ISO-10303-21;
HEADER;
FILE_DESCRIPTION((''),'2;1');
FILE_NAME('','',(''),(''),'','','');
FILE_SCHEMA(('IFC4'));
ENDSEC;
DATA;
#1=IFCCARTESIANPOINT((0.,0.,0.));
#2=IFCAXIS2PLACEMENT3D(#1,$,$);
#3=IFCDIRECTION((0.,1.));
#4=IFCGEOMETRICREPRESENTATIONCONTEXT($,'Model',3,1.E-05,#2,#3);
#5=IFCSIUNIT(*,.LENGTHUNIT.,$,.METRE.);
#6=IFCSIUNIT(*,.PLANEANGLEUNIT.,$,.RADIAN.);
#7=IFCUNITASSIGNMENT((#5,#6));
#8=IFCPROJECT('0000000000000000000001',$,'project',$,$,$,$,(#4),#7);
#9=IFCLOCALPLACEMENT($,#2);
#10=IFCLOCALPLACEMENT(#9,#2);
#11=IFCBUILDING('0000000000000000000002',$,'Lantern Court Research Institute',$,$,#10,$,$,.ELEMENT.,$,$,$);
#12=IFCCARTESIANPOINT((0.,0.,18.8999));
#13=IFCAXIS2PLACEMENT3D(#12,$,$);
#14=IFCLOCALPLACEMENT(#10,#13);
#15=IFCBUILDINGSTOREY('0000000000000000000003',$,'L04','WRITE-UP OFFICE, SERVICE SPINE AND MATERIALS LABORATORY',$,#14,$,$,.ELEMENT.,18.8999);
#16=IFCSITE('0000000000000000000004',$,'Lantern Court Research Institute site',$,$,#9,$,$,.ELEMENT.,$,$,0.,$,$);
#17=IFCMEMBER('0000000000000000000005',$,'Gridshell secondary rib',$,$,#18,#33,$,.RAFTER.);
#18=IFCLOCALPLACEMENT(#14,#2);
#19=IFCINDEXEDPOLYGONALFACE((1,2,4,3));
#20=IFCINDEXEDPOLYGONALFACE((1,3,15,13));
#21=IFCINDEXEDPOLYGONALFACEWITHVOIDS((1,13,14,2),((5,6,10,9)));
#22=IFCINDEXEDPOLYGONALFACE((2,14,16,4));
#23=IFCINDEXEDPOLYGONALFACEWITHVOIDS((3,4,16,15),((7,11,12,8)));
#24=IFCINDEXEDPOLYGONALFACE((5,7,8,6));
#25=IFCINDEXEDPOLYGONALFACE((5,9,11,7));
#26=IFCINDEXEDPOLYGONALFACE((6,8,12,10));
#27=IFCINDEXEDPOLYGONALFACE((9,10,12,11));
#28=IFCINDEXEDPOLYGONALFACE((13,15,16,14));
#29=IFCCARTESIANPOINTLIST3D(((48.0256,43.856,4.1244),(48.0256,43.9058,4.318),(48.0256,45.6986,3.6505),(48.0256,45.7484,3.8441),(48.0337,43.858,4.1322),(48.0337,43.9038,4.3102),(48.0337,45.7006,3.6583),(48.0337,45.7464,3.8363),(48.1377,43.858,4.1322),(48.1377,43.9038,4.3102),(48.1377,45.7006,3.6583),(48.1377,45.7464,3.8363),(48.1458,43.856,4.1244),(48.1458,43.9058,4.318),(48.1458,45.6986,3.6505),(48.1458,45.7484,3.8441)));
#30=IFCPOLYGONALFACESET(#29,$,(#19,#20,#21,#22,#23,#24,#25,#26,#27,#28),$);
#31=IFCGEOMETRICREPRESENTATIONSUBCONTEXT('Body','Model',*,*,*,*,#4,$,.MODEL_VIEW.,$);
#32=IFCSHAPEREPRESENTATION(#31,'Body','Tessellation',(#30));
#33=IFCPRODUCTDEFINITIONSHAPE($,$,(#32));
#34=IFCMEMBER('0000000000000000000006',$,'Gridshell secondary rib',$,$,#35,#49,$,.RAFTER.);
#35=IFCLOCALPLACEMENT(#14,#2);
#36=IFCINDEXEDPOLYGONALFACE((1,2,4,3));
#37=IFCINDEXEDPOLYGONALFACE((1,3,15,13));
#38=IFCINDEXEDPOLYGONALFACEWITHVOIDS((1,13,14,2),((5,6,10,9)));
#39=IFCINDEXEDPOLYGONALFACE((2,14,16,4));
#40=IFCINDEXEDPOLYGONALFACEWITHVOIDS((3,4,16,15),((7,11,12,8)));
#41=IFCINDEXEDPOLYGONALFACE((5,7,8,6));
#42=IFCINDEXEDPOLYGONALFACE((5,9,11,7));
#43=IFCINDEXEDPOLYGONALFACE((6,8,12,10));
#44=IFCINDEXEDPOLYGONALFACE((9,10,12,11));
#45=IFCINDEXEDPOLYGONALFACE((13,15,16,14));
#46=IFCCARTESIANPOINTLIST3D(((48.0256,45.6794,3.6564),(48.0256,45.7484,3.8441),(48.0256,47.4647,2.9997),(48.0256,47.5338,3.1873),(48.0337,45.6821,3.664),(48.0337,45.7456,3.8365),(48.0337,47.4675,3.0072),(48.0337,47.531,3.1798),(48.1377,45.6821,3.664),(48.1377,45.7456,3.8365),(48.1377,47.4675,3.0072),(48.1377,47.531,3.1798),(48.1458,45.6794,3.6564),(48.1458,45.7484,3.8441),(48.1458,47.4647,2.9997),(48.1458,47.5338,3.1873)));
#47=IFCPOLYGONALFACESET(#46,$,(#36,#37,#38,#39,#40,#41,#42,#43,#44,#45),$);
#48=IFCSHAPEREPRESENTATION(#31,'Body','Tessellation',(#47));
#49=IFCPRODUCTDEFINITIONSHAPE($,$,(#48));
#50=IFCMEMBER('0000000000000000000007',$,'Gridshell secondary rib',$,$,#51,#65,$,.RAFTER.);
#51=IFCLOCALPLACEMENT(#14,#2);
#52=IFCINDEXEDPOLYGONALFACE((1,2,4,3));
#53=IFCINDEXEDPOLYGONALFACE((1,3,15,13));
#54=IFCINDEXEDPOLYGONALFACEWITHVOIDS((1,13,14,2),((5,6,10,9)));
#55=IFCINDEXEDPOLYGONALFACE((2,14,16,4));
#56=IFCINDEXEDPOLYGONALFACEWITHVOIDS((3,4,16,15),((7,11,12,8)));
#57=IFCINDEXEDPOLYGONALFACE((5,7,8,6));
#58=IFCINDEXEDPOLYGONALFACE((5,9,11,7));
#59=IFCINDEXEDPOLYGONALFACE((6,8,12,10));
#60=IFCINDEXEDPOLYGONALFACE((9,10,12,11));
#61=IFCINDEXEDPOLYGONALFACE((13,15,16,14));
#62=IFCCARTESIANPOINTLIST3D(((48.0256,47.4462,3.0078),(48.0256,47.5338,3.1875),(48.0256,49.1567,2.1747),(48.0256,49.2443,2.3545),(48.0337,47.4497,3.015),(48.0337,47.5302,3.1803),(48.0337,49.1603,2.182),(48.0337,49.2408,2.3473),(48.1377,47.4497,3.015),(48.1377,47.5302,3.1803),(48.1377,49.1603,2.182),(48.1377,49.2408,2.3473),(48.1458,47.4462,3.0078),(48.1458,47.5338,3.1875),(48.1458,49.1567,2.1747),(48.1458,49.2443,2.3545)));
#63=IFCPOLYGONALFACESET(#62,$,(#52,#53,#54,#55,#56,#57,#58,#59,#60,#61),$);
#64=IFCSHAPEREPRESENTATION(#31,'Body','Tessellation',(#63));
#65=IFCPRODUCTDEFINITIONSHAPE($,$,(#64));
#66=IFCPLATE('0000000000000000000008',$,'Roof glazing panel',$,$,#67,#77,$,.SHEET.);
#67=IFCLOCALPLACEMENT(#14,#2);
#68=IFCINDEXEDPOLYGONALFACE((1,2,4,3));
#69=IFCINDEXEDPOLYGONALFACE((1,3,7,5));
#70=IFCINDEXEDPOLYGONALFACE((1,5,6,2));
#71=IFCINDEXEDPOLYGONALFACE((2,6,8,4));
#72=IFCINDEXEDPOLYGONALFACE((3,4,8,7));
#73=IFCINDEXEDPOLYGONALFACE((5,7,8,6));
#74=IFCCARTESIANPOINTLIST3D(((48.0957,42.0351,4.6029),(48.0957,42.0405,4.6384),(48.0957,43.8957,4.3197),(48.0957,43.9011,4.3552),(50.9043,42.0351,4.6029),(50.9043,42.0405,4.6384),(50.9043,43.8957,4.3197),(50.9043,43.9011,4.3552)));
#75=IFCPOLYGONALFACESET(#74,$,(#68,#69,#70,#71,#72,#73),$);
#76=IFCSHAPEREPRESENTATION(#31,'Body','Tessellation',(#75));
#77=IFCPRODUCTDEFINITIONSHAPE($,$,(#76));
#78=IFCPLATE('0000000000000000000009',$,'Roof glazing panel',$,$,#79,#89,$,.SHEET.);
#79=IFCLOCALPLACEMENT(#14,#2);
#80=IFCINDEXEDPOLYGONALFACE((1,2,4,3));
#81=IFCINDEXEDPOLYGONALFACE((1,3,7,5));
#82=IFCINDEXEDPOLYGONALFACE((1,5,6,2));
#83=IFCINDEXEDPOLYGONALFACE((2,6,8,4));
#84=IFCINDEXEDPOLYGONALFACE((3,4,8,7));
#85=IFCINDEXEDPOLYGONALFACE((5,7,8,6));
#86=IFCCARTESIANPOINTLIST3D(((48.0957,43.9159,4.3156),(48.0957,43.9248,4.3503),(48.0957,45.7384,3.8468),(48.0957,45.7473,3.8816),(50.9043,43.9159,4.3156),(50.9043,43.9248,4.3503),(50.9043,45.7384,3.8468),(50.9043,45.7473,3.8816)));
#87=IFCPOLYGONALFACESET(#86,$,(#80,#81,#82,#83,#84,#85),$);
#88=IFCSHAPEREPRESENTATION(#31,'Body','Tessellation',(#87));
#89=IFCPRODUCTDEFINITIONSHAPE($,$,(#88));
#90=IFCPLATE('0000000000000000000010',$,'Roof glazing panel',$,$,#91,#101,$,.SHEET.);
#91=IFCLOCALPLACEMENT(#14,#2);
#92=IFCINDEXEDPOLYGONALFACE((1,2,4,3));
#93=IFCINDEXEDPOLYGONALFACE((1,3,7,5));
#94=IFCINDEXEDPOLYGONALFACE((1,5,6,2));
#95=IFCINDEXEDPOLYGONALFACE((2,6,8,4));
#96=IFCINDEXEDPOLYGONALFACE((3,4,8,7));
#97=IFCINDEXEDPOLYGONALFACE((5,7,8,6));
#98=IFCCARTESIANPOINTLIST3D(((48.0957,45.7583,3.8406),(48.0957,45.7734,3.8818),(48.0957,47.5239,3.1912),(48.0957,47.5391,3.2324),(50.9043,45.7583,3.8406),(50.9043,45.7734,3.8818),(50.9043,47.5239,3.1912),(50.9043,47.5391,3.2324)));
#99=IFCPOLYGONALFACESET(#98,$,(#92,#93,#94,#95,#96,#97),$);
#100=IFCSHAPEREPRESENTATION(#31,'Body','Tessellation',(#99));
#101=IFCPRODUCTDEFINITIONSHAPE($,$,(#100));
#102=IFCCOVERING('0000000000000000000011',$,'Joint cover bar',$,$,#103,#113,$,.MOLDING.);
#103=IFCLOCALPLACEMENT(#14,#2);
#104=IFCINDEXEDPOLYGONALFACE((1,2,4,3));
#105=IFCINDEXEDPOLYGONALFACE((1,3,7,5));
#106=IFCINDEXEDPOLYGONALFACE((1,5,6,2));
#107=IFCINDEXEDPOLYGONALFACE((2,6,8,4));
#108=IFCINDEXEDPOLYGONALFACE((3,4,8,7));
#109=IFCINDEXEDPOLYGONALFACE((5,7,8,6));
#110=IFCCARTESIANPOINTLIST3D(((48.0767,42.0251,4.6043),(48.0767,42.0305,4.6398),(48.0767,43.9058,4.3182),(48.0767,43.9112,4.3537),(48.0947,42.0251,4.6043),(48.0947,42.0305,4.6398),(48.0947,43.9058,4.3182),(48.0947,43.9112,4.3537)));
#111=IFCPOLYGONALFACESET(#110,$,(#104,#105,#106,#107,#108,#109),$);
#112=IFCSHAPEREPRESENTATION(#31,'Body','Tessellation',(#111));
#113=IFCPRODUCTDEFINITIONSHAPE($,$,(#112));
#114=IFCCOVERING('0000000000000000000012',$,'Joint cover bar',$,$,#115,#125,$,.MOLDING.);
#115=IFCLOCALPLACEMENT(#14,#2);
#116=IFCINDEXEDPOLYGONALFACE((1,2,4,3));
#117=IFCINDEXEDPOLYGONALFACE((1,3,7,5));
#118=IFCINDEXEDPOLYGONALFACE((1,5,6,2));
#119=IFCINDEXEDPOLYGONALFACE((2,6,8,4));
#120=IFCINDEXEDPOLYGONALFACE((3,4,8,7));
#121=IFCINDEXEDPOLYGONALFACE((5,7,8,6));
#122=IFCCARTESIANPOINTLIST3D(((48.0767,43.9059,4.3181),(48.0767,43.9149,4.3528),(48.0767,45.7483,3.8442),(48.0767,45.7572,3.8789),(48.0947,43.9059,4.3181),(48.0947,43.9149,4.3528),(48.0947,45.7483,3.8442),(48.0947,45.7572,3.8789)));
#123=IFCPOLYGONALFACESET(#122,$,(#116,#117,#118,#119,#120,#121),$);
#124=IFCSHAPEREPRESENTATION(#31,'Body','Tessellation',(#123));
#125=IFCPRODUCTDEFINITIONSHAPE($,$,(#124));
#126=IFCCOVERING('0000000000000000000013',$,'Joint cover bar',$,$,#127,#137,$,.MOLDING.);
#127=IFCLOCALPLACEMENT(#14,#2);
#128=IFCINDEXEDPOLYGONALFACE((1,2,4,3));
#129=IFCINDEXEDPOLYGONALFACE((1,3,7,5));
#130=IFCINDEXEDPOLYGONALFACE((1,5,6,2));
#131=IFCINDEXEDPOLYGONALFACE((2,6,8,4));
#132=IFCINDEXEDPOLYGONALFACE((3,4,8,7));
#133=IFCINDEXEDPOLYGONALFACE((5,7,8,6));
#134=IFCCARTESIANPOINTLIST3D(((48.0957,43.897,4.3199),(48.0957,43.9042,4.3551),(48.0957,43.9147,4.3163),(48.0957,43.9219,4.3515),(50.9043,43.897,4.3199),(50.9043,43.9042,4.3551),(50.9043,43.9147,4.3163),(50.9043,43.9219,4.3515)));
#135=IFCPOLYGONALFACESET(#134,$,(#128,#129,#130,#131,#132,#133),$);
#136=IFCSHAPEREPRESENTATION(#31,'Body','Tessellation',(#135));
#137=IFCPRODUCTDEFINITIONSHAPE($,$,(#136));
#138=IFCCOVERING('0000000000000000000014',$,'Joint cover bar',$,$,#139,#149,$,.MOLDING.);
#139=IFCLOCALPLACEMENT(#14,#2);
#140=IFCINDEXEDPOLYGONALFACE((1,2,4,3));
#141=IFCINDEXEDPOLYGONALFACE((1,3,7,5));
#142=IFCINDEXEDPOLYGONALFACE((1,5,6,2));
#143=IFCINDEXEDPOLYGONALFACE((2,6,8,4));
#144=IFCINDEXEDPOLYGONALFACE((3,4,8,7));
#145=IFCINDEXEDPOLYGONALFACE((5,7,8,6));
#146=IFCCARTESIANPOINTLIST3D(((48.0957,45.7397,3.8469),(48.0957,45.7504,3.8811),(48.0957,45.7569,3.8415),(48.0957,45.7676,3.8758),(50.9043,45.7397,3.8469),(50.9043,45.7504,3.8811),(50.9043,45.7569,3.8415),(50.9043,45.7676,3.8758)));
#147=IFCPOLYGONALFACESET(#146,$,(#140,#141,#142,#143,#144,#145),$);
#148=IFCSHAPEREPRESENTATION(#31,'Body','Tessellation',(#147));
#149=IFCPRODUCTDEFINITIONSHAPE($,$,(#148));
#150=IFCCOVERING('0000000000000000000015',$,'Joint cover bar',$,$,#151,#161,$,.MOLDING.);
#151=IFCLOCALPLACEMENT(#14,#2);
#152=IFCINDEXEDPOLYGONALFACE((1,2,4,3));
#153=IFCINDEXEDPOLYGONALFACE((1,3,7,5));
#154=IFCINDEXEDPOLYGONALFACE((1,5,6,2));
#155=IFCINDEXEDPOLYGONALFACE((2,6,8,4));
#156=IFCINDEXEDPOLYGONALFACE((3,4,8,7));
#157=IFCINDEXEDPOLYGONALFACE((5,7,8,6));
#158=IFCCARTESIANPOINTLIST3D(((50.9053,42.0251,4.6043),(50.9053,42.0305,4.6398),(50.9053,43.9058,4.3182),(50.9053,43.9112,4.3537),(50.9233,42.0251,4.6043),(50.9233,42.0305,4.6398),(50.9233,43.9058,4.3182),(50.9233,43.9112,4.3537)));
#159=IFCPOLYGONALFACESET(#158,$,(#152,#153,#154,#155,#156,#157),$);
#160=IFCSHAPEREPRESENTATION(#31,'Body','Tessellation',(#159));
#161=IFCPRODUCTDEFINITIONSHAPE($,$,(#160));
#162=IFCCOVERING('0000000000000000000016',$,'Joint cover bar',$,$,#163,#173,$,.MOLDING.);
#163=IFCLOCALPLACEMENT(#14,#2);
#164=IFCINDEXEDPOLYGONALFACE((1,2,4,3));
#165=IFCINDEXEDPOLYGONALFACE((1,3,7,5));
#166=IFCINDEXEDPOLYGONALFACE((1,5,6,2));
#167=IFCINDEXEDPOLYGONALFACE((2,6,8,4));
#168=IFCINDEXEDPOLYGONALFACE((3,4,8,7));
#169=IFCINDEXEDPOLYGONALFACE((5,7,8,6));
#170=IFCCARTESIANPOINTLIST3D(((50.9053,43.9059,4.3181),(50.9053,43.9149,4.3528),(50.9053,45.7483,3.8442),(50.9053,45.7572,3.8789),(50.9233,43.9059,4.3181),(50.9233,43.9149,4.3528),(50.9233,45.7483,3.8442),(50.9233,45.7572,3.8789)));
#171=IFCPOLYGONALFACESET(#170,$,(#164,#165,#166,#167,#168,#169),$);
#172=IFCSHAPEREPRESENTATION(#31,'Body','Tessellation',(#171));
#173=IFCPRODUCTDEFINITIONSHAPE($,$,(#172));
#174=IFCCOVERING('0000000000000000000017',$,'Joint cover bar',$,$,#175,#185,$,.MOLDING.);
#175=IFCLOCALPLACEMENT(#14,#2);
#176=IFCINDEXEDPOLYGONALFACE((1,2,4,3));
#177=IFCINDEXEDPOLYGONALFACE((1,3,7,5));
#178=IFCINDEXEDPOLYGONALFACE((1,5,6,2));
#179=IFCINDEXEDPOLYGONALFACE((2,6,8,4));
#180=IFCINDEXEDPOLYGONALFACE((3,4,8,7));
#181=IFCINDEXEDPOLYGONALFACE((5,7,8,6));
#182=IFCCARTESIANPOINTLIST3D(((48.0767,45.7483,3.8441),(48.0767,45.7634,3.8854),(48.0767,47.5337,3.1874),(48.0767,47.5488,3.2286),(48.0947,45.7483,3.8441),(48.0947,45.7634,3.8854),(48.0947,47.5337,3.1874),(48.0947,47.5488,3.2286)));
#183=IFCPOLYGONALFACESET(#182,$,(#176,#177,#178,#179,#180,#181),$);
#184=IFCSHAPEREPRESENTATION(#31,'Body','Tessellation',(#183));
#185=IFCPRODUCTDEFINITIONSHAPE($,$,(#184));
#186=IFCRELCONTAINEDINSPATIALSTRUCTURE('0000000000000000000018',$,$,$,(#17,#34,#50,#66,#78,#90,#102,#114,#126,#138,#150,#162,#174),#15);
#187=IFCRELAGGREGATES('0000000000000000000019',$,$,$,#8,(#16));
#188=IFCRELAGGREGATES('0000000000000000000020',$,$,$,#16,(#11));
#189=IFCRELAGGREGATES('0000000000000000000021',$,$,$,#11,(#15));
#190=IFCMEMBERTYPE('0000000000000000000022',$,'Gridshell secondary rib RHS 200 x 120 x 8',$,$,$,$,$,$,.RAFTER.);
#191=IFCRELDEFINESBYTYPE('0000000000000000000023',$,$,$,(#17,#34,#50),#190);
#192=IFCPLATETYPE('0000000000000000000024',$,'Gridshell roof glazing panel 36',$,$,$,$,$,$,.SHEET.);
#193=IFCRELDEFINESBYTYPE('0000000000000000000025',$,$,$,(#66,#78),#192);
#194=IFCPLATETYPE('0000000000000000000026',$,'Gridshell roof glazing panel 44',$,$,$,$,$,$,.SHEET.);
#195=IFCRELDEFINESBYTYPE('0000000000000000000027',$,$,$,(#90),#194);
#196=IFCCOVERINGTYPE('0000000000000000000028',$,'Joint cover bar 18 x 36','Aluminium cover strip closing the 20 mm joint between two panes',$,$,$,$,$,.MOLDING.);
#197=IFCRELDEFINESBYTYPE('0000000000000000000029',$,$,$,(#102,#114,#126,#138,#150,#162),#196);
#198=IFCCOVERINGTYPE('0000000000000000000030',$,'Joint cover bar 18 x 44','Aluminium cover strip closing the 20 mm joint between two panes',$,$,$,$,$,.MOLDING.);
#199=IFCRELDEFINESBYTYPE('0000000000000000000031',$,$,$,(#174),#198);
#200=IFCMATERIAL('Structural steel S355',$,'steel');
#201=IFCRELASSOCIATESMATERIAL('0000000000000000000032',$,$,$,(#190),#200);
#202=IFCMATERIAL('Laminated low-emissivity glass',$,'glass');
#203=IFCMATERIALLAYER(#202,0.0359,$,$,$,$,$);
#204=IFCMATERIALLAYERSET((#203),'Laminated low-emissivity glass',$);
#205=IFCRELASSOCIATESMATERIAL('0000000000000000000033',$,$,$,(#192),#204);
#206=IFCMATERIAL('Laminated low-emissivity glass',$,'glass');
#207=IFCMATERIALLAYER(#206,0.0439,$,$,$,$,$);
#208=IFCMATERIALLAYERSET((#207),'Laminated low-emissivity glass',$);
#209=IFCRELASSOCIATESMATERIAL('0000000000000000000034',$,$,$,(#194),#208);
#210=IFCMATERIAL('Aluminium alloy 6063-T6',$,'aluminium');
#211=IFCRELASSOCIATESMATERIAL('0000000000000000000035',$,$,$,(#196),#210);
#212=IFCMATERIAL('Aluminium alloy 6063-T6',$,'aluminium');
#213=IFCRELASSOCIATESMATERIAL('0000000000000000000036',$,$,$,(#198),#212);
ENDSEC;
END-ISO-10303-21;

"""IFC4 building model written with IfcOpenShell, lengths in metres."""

from ifc_helpers import new_model, si_unit, direction, frame, origin, origin_2d, place, context, subcontext, project, spatial, polyline, rectangle, hollow_rectangle, outline, extrude, material, layer, layer_set, material_profile, profile_set, type_object, element, save


model = new_model("IFC4")

# Units and contexts
model_context = context("Model", 3, precision=1e-05, world=origin(), true_north=direction((0.0, 1.0)))
body_context = subcontext(model_context, "Body", "Model", "MODEL_VIEW")
ifc_project = project(units=[si_unit("LENGTHUNIT", "METRE"), si_unit("PLANEANGLEUNIT", "RADIAN")], contexts=[model_context])

# Site, building, storey
site_placement = place(None, origin())
site = spatial("IfcSite", under=ifc_project, at=site_placement, Name="Lantern Court Research Institute site", CompositionType="ELEMENT", RefElevation=0.0)
building_placement = place(site_placement, origin())
building = spatial("IfcBuilding", under=site, at=building_placement, Name="Lantern Court Research Institute", CompositionType="ELEMENT")
storey_placement = place(building_placement, frame((0.0, 0.0, 18.8999)))
storey = spatial("IfcBuildingStorey", under=building, at=storey_placement, Name="L04", Description="WRITE-UP OFFICE, SERVICE SPINE AND MATERIALS LABORATORY", CompositionType="ELEMENT", Elevation=18.8999)

# Members
ifc_material_1 = material(Name="Structural steel S355", Category="steel")
ifc_material_profile_1 = material_profile(ifc_material_1, hollow_rectangle(XDim=0.1201, YDim=0.2, WallThickness=0.0081, at=origin_2d()), Name="Gridshell secondary rib RHS 200 x 120 x 8")
ifc_profile_set_1 = profile_set([ifc_material_profile_1], Name="Structural steel S355")
member_type_1 = type_object("IfcMemberType", Name="Gridshell secondary rib RHS 200 x 120 x 8", PredefinedType="RAFTER", material=ifc_profile_set_1)
member_1_placement = place(storey_placement, frame((48.0857, 43.8809, 4.2212), z_axis=(0.0, 0.968482, -0.249082), x_axis=(-1.0, 0.0, 0.0)))
element("IfcMember", 1, at=member_1_placement, inside=storey, type_object=member_type_1, Name="Gridshell secondary rib", PredefinedType="RAFTER", context=body_context, shape_type="SweptSolid", body=[
    extrude(hollow_rectangle(XDim=0.1201, YDim=0.2, WallThickness=0.0081, at=origin_2d()), origin(), (0.0, 0.0, 1.0), 1.9026),
])
member_2_placement = place(storey_placement, frame((48.0857, 45.7139, 3.7502), z_axis=(0.0, 0.93852, -0.345224), x_axis=(-1.0, 0.0, 0.0)))
element("IfcMember", 2, at=member_2_placement, inside=storey, type_object=member_type_1, Name="Gridshell secondary rib", PredefinedType="RAFTER", context=body_context, shape_type="SweptSolid", body=[
    extrude(hollow_rectangle(XDim=0.1201, YDim=0.2, WallThickness=0.0081, at=origin_2d()), origin(), (0.0, 0.0, 1.0), 1.9023),
])
member_3_placement = place(storey_placement, frame((48.0857, 47.49, 3.0977), z_axis=(0.0, 0.899049, -0.437847), x_axis=(-1.0, 0.0, 0.0)))
element("IfcMember", 3, at=member_3_placement, inside=storey, type_object=member_type_1, Name="Gridshell secondary rib", PredefinedType="RAFTER", context=body_context, shape_type="SweptSolid", body=[
    extrude(hollow_rectangle(XDim=0.1201, YDim=0.2, WallThickness=0.0081, at=origin_2d()), origin(), (0.0, 0.0, 1.0), 1.9026),
])

# Plates
ifc_material_2 = material(Name="Laminated low-emissivity glass", Category="glass")
ifc_layer_1 = layer(ifc_material_2, 0.0359)
ifc_layer_set_1 = layer_set([ifc_layer_1], Name="Laminated low-emissivity glass")
plate_type_1 = type_object("IfcPlateType", Name="Gridshell roof glazing panel 36", PredefinedType="SHEET", material=ifc_layer_set_1)
plate_1_placement = place(storey_placement, frame((50.9043, 42.0405, 4.6384), z_axis=(0.0, 0.150478, 0.988613), x_axis=(-1.0, 0.0, 0.0)))
element("IfcPlate", 4, at=plate_1_placement, inside=storey, type_object=plate_type_1, Name="Roof glazing panel", PredefinedType="SHEET", context=body_context, shape_type="SweptSolid", body=[
    extrude(outline(polyline([(0.0, 0.0), (2.8086, 0.0), (2.8086, -1.882), (0.0, -1.882), (0.0, 0.0)])), origin(), (0.0, 0.0, -1.0), 0.0359),
])
plate_2_placement = place(storey_placement, frame((50.9043, 43.9248, 4.3503), z_axis=(0.0, 0.249093, 0.96848), x_axis=(-1.0, 0.0, 0.0)))
element("IfcPlate", 5, at=plate_2_placement, inside=storey, type_object=plate_type_1, Name="Roof glazing panel", PredefinedType="SHEET", context=body_context, shape_type="SweptSolid", body=[
    extrude(outline(polyline([(0.0, 0.0), (2.8086, 0.0), (2.8086, -1.8818), (0.0, -1.8818), (0.0, 0.0)])), origin(), (0.0, 0.0, -1.0), 0.0359),
])
ifc_material_3 = material(Name="Laminated low-emissivity glass", Category="glass")
ifc_layer_2 = layer(ifc_material_3, 0.0439)
ifc_layer_set_2 = layer_set([ifc_layer_2], Name="Laminated low-emissivity glass")
plate_type_2 = type_object("IfcPlateType", Name="Gridshell roof glazing panel 44", PredefinedType="SHEET", material=ifc_layer_set_2)
plate_3_placement = place(storey_placement, frame((50.9043, 45.7734, 3.8818), z_axis=(0.0, 0.3452, 0.938529), x_axis=(-1.0, 0.0, 0.0)))
element("IfcPlate", 6, at=plate_3_placement, inside=storey, type_object=plate_type_2, Name="Roof glazing panel", PredefinedType="SHEET", context=body_context, shape_type="SweptSolid", body=[
    extrude(outline(polyline([(0.0, 0.0), (2.8086, 0.0), (2.8086, -1.8813), (0.0, -1.8813), (0.0, 0.0)])), origin(), (0.0, 0.0, -1.0), 0.0439),
])

# Coverings
ifc_material_4 = material(Name="Aluminium alloy 6063-T6", Category="aluminium")
ifc_material_profile_2 = material_profile(ifc_material_4, rectangle(XDim=0.0181, YDim=0.0359, at=origin_2d()), Name="Joint cover bar 18 x 36")
ifc_profile_set_2 = profile_set([ifc_material_profile_2], Name="Aluminium alloy 6063-T6")
covering_type_1 = type_object("IfcCoveringType", Name="Joint cover bar 18 x 36", Description="Aluminium cover strip closing the 20 mm joint between two panes", PredefinedType="MOLDING", material=ifc_profile_set_2)
for number, where, z_axis, x_axis, name in (
    (7, (48.0857, 42.0278, 4.6221), (0.0, 0.988623, -0.150417), (-1.0, 0.0, 0.0), "Joint cover bar"),
    (8, (48.0857, 43.9104, 4.3354), (0.0, 0.968474, -0.249113), (-1.0, 0.0, 0.0), "Joint cover bar"),
):
    element("IfcCovering", number, at=place(storey_placement, frame(where, z_axis=z_axis, x_axis=x_axis)), inside=storey, type_object=covering_type_1, Name=name, PredefinedType="MOLDING", context=body_context, shape_type="SweptSolid", body=[
        extrude(rectangle(XDim=0.0181, YDim=0.0359, at=origin_2d()), origin(), (0.0, 0.0, 1.0), 1.9023),
    ])
for number, where, z_axis, x_axis, name in (
    (9, (48.0957, 43.9094, 4.3357), (1.0, 0.0, 0.0), (0.0, 0.979787, -0.200043), "Joint cover bar"),
    (10, (48.0957, 45.7537, 3.8613), (1.0, 0.0, 0.0), (0.0, 0.954713, -0.297528), "Joint cover bar"),
):
    element("IfcCovering", number, at=place(storey_placement, frame(where, z_axis=z_axis, x_axis=x_axis)), inside=storey, type_object=covering_type_1, Name=name, PredefinedType="MOLDING", context=body_context, shape_type="SweptSolid", body=[
        extrude(rectangle(XDim=0.0181, YDim=0.0359, at=origin_2d()), origin(), (0.0, 0.0, 1.0), 2.8086),
    ])
for number, where, z_axis, x_axis, name in (
    (11, (50.9143, 42.0278, 4.6221), (0.0, 0.988623, -0.150417), (-1.0, 0.0, 0.0), "Joint cover bar"),
    (12, (50.9143, 43.9104, 4.3354), (0.0, 0.968474, -0.249113), (-1.0, 0.0, 0.0), "Joint cover bar"),
):
    element("IfcCovering", number, at=place(storey_placement, frame(where, z_axis=z_axis, x_axis=x_axis)), inside=storey, type_object=covering_type_1, Name=name, PredefinedType="MOLDING", context=body_context, shape_type="SweptSolid", body=[
        extrude(rectangle(XDim=0.0181, YDim=0.0359, at=origin_2d()), origin(), (0.0, 0.0, 1.0), 1.9023),
    ])
ifc_material_5 = material(Name="Aluminium alloy 6063-T6", Category="aluminium")
ifc_material_profile_3 = material_profile(ifc_material_5, rectangle(XDim=0.0181, YDim=0.0439, at=origin_2d()), Name="Joint cover bar 18 x 44")
ifc_profile_set_3 = profile_set([ifc_material_profile_3], Name="Aluminium alloy 6063-T6")
covering_type_2 = type_object("IfcCoveringType", Name="Joint cover bar 18 x 44", Description="Aluminium cover strip closing the 20 mm joint between two panes", PredefinedType="MOLDING", material=ifc_profile_set_3)
covering_placement = place(storey_placement, frame((48.0857, 45.7559, 3.8647), z_axis=(0.0, 0.93852, -0.345224), x_axis=(-1.0, 0.0, 0.0)))
element("IfcCovering", 13, at=covering_placement, inside=storey, type_object=covering_type_2, Name="Joint cover bar", PredefinedType="MOLDING", context=body_context, shape_type="SweptSolid", body=[
    extrude(rectangle(XDim=0.0181, YDim=0.0439, at=origin_2d()), origin(), (0.0, 0.0, 1.0), 1.9023),
])

save(model, "model.ifc")
